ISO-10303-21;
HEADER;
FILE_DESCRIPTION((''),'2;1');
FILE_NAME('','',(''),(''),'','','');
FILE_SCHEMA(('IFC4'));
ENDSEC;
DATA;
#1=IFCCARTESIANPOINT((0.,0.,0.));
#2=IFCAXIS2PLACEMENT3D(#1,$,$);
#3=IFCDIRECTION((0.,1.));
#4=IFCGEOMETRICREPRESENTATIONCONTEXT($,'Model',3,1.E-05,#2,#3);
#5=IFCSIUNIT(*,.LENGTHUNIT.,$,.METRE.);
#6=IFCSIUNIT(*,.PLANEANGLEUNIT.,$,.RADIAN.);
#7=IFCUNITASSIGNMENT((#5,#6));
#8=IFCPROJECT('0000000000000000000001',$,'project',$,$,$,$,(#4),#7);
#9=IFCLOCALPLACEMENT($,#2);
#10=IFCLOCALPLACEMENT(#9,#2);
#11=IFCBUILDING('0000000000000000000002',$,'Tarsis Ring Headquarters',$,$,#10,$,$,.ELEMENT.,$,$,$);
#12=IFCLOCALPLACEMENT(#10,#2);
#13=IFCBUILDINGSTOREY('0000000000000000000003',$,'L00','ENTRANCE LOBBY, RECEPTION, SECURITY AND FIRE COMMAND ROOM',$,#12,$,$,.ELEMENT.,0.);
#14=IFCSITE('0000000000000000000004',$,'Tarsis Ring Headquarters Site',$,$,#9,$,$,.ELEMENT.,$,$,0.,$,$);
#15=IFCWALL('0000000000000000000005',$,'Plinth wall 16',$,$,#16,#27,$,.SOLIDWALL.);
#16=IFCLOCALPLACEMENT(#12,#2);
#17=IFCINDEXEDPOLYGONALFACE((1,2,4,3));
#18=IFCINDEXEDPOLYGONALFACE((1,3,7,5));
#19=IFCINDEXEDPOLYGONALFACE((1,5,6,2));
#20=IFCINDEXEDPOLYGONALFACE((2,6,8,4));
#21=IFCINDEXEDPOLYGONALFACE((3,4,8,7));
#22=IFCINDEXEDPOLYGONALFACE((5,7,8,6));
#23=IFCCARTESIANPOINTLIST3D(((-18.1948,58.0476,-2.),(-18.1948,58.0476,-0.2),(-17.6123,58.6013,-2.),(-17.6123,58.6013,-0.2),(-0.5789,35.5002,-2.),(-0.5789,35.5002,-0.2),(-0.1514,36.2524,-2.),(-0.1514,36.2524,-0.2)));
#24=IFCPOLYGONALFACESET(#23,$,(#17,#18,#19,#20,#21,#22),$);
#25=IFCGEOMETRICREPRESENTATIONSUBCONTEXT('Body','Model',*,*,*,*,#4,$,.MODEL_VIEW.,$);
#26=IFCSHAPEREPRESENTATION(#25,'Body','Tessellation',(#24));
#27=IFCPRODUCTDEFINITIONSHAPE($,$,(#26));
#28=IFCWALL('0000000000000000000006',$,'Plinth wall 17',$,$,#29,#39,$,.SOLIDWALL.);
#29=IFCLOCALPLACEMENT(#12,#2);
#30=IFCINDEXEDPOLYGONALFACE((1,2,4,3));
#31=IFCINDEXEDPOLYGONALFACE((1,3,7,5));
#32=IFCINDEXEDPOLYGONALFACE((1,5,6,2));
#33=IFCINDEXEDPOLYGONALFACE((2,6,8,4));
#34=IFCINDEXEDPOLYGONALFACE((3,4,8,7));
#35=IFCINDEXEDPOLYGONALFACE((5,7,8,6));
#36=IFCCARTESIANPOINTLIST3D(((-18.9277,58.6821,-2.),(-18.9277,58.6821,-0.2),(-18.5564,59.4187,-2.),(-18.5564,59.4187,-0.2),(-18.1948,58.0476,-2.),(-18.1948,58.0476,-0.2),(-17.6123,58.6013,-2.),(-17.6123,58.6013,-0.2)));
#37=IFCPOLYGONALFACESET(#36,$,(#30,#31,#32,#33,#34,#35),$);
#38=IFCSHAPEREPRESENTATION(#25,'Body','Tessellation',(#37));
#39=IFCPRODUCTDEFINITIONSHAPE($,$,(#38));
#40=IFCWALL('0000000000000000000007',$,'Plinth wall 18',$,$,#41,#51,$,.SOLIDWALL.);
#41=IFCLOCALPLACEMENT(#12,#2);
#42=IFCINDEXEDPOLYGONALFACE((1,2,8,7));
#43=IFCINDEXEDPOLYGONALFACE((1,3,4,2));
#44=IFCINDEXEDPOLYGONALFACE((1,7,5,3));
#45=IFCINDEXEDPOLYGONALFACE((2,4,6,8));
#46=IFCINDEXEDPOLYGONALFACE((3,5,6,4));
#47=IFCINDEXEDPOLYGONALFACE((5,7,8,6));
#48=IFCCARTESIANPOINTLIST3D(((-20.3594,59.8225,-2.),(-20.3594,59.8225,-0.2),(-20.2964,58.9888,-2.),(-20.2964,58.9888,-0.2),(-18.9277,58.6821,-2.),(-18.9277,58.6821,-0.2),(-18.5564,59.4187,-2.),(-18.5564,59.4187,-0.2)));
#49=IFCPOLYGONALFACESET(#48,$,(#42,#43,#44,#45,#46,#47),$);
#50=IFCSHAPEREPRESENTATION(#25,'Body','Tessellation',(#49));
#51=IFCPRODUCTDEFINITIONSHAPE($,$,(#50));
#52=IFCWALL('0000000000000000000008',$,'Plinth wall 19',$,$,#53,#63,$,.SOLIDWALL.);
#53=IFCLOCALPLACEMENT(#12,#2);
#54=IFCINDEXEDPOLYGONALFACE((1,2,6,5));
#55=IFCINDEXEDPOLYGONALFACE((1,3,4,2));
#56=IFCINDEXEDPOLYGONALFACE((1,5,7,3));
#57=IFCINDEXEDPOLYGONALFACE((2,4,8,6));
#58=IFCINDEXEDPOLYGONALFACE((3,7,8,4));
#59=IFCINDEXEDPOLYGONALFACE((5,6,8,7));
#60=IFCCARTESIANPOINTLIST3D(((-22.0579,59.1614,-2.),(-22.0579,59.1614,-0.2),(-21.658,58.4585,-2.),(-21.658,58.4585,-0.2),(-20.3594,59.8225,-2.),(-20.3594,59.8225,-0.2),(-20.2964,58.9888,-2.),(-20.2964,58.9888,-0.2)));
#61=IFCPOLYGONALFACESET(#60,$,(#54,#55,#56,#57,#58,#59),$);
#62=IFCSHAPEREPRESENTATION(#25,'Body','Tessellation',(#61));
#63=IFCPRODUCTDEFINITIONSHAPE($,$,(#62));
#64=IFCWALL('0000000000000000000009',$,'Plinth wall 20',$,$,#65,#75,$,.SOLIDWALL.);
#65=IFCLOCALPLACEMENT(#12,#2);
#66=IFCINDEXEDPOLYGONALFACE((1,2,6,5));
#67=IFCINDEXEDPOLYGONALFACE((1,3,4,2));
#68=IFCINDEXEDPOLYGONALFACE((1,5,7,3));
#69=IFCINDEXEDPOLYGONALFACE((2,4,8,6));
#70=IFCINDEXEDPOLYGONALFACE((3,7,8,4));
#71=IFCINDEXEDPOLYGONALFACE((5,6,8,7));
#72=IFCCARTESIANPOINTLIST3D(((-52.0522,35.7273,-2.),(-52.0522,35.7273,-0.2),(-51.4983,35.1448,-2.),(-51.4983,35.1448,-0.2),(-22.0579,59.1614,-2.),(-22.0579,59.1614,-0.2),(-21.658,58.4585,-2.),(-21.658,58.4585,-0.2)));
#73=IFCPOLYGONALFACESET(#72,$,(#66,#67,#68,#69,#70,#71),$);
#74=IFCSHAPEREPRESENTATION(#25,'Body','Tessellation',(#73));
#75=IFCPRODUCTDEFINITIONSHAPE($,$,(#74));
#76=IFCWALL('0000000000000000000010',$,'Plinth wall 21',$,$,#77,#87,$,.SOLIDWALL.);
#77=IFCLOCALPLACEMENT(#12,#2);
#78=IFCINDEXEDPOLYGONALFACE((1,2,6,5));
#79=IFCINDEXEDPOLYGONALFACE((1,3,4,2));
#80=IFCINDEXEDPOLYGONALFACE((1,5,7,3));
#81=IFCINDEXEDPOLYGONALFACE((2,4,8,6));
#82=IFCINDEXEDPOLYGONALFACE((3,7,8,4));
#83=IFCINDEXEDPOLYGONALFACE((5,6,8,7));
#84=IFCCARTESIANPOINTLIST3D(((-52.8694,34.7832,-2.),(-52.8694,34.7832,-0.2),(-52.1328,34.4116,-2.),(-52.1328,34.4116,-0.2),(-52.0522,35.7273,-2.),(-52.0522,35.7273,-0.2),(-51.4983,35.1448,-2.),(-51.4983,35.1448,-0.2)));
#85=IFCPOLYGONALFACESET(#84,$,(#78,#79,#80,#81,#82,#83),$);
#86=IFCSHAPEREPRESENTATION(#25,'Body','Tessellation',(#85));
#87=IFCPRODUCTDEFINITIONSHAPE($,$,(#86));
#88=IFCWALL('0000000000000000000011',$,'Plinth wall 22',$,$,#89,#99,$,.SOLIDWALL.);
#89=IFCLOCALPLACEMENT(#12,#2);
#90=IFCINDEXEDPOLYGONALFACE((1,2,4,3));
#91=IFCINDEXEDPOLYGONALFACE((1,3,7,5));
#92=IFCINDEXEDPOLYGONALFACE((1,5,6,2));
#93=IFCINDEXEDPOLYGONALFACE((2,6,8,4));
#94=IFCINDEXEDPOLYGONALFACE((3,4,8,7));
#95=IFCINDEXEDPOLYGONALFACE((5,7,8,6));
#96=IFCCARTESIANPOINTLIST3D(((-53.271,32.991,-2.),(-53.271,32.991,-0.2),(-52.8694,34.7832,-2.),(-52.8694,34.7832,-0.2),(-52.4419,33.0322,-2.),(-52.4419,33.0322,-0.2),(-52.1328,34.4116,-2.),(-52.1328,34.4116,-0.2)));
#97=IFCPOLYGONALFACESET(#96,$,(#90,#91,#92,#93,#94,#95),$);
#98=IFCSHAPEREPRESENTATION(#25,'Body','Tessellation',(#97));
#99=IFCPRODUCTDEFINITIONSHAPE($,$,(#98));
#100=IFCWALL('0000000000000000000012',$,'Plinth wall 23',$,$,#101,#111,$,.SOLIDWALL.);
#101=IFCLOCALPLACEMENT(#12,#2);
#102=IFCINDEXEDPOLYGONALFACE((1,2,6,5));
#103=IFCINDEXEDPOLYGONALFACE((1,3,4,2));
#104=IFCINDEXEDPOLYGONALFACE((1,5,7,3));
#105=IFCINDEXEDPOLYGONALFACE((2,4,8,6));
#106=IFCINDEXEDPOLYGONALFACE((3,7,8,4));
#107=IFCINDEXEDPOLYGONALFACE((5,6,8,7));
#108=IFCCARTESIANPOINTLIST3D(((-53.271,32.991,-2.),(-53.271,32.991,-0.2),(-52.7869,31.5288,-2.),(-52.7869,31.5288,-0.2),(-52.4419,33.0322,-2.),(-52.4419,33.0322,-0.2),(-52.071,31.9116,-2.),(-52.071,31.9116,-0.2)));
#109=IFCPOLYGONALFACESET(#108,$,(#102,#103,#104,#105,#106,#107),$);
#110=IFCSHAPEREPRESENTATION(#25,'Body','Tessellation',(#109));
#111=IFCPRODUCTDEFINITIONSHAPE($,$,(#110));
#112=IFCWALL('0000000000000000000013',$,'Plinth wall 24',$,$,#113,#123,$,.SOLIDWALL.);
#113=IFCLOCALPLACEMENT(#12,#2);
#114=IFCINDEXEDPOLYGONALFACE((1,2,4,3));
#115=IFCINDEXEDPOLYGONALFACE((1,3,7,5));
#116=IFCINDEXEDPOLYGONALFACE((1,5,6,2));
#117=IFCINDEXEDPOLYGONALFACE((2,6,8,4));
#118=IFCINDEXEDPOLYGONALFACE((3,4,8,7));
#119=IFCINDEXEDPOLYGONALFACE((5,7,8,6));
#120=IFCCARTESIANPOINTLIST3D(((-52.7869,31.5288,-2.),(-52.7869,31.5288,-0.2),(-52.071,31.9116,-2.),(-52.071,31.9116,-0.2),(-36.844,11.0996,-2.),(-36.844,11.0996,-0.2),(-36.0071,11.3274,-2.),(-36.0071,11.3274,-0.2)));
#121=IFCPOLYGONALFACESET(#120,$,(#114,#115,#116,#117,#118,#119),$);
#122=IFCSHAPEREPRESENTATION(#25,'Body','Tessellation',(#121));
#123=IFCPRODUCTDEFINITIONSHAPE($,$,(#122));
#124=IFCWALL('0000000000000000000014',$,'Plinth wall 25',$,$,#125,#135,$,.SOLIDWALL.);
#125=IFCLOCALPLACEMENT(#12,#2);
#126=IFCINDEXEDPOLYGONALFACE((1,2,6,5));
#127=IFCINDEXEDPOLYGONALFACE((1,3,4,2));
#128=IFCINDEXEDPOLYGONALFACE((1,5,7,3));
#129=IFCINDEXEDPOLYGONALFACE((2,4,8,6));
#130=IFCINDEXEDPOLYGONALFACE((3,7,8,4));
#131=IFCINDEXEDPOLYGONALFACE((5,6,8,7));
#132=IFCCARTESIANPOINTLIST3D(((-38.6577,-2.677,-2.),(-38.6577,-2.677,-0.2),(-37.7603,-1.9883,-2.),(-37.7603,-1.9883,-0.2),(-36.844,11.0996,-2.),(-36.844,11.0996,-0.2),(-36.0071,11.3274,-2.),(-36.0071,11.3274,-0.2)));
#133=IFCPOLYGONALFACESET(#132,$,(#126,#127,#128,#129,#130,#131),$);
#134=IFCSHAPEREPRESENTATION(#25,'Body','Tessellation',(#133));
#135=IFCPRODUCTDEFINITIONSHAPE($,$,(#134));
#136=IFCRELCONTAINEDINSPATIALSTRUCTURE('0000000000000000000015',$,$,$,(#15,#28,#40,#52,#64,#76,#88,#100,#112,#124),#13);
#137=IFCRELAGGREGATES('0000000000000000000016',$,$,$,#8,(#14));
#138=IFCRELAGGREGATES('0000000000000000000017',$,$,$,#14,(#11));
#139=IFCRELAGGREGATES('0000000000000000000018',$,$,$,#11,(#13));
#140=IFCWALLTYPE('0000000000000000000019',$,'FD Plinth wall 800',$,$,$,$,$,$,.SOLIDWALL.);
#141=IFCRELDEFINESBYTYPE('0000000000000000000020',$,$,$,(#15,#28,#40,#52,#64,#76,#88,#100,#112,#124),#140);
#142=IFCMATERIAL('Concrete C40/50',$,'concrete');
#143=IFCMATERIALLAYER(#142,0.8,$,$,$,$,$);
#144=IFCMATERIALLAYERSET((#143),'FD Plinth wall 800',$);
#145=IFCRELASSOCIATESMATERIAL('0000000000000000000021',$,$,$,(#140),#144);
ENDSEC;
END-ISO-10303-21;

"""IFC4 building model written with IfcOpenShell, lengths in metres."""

from ifc_helpers import new_model, si_unit, direction, frame, origin, place, context, subcontext, project, spatial, polyline, outline, extrude, material, layer, layer_set, type_object, element, save


model = new_model("IFC4")

# Units and contexts
model_context = context("Model", 3, precision=1e-05, world=origin(), true_north=direction((0.0, 1.0)))
body_context = subcontext(model_context, "Body", "Model", "MODEL_VIEW")
ifc_project = project(units=[si_unit("LENGTHUNIT", "METRE"), si_unit("PLANEANGLEUNIT", "RADIAN")], contexts=[model_context])

# Site, building, storey
site_placement = place(None, origin())
site = spatial("IfcSite", under=ifc_project, at=site_placement, Name="Tarsis Ring Headquarters Site", CompositionType="ELEMENT", RefElevation=0.0)
building_placement = place(site_placement, origin())
building = spatial("IfcBuilding", under=site, at=building_placement, Name="Tarsis Ring Headquarters", CompositionType="ELEMENT")
storey_placement = place(building_placement, origin())
storey = spatial("IfcBuildingStorey", under=building, at=storey_placement, Name="L00", Description="ENTRANCE LOBBY, RECEPTION, SECURITY AND FIRE COMMAND ROOM", CompositionType="ELEMENT", Elevation=0.0)

# Shared definitions
ifc_material_1 = material(Name="Concrete C40/50", Category="concrete")

# Walls
ifc_layer_1 = layer(ifc_material_1, 0.8)
ifc_layer_set_1 = layer_set([ifc_layer_1], Name="FD Plinth wall 800")
wall_type = type_object("IfcWallType", Name="FD Plinth wall 800", PredefinedType="SOLIDWALL", material=ifc_layer_set_1)
wall_1_placement = place(storey_placement, frame((0.0, 0.0, -2.0)))
element("IfcWall", 1, at=wall_1_placement, inside=storey, type_object=wall_type, Name="Plinth wall 16", PredefinedType="SOLIDWALL", context=body_context, shape_type="SweptSolid", body=[
    extrude(outline(polyline([(-0.1514, 36.2524), (-17.6123, 58.6013), (-18.1948, 58.0476), (-0.5789, 35.5002), (-0.1514, 36.2524)])), origin(), (0.0, 0.0, 1.0), 1.8),
])
wall_2_placement = place(storey_placement, frame((0.0, 0.0, -2.0)))
element("IfcWall", 2, at=wall_2_placement, inside=storey, type_object=wall_type, Name="Plinth wall 17", PredefinedType="SOLIDWALL", context=body_context, shape_type="SweptSolid", body=[
    extrude(outline(polyline([(-17.6123, 58.6013), (-18.5564, 59.4187), (-18.9277, 58.6821), (-18.1948, 58.0476), (-17.6123, 58.6013)])), origin(), (0.0, 0.0, 1.0), 1.8),
])
wall_3_placement = place(storey_placement, frame((0.0, 0.0, -2.0)))
element("IfcWall", 3, at=wall_3_placement, inside=storey, type_object=wall_type, Name="Plinth wall 18", PredefinedType="SOLIDWALL", context=body_context, shape_type="SweptSolid", body=[
    extrude(outline(polyline([(-18.5564, 59.4187), (-20.3594, 59.8225), (-20.2964, 58.9888), (-18.9277, 58.6821), (-18.5564, 59.4187)])), origin(), (0.0, 0.0, 1.0), 1.8),
])
wall_4_placement = place(storey_placement, frame((0.0, 0.0, -2.0)))
element("IfcWall", 4, at=wall_4_placement, inside=storey, type_object=wall_type, Name="Plinth wall 19", PredefinedType="SOLIDWALL", context=body_context, shape_type="SweptSolid", body=[
    extrude(outline(polyline([(-20.3594, 59.8225), (-22.0579, 59.1614), (-21.658, 58.4585), (-20.2964, 58.9888), (-20.3594, 59.8225)])), origin(), (0.0, 0.0, 1.0), 1.8),
])
wall_5_placement = place(storey_placement, frame((0.0, 0.0, -2.0)))
element("IfcWall", 5, at=wall_5_placement, inside=storey, type_object=wall_type, Name="Plinth wall 20", PredefinedType="SOLIDWALL", context=body_context, shape_type="SweptSolid", body=[
    extrude(outline(polyline([(-22.0579, 59.1614), (-52.0522, 35.7273), (-51.4983, 35.1448), (-21.658, 58.4585), (-22.0579, 59.1614)])), origin(), (0.0, 0.0, 1.0), 1.8),
])
wall_6_placement = place(storey_placement, frame((0.0, 0.0, -2.0)))
element("IfcWall", 6, at=wall_6_placement, inside=storey, type_object=wall_type, Name="Plinth wall 21", PredefinedType="SOLIDWALL", context=body_context, shape_type="SweptSolid", body=[
    extrude(outline(polyline([(-52.0522, 35.7273), (-52.8694, 34.7832), (-52.1328, 34.4116), (-51.4983, 35.1448), (-52.0522, 35.7273)])), origin(), (0.0, 0.0, 1.0), 1.8),
])
wall_7_placement = place(storey_placement, frame((0.0, 0.0, -2.0)))
element("IfcWall", 7, at=wall_7_placement, inside=storey, type_object=wall_type, Name="Plinth wall 22", PredefinedType="SOLIDWALL", context=body_context, shape_type="SweptSolid", body=[
    extrude(outline(polyline([(-52.8694, 34.7832), (-53.271, 32.991), (-52.4419, 33.0322), (-52.1328, 34.4116), (-52.8694, 34.7832)])), origin(), (0.0, 0.0, 1.0), 1.8),
])
wall_8_placement = place(storey_placement, frame((0.0, 0.0, -2.0)))
element("IfcWall", 8, at=wall_8_placement, inside=storey, type_object=wall_type, Name="Plinth wall 23", PredefinedType="SOLIDWALL", context=body_context, shape_type="SweptSolid", body=[
    extrude(outline(polyline([(-53.271, 32.991), (-52.7869, 31.5288), (-52.071, 31.9116), (-52.4419, 33.0322), (-53.271, 32.991)])), origin(), (0.0, 0.0, 1.0), 1.8),
])
wall_9_placement = place(storey_placement, frame((0.0, 0.0, -2.0)))
element("IfcWall", 9, at=wall_9_placement, inside=storey, type_object=wall_type, Name="Plinth wall 24", PredefinedType="SOLIDWALL", context=body_context, shape_type="SweptSolid", body=[
    extrude(outline(polyline([(-52.7869, 31.5288), (-36.844, 11.0996), (-36.0071, 11.3274), (-52.071, 31.9116), (-52.7869, 31.5288)])), origin(), (0.0, 0.0, 1.0), 1.8),
])
wall_10_placement = place(storey_placement, frame((0.0, 0.0, -2.0)))
element("IfcWall", 10, at=wall_10_placement, inside=storey, type_object=wall_type, Name="Plinth wall 25", PredefinedType="SOLIDWALL", context=body_context, shape_type="SweptSolid", body=[
    extrude(outline(polyline([(-36.844, 11.0996), (-38.6577, -2.677), (-37.7603, -1.9883), (-36.0071, 11.3274), (-36.844, 11.0996)])), origin(), (0.0, 0.0, 1.0), 1.8),
])

save(model, "model.ifc")
